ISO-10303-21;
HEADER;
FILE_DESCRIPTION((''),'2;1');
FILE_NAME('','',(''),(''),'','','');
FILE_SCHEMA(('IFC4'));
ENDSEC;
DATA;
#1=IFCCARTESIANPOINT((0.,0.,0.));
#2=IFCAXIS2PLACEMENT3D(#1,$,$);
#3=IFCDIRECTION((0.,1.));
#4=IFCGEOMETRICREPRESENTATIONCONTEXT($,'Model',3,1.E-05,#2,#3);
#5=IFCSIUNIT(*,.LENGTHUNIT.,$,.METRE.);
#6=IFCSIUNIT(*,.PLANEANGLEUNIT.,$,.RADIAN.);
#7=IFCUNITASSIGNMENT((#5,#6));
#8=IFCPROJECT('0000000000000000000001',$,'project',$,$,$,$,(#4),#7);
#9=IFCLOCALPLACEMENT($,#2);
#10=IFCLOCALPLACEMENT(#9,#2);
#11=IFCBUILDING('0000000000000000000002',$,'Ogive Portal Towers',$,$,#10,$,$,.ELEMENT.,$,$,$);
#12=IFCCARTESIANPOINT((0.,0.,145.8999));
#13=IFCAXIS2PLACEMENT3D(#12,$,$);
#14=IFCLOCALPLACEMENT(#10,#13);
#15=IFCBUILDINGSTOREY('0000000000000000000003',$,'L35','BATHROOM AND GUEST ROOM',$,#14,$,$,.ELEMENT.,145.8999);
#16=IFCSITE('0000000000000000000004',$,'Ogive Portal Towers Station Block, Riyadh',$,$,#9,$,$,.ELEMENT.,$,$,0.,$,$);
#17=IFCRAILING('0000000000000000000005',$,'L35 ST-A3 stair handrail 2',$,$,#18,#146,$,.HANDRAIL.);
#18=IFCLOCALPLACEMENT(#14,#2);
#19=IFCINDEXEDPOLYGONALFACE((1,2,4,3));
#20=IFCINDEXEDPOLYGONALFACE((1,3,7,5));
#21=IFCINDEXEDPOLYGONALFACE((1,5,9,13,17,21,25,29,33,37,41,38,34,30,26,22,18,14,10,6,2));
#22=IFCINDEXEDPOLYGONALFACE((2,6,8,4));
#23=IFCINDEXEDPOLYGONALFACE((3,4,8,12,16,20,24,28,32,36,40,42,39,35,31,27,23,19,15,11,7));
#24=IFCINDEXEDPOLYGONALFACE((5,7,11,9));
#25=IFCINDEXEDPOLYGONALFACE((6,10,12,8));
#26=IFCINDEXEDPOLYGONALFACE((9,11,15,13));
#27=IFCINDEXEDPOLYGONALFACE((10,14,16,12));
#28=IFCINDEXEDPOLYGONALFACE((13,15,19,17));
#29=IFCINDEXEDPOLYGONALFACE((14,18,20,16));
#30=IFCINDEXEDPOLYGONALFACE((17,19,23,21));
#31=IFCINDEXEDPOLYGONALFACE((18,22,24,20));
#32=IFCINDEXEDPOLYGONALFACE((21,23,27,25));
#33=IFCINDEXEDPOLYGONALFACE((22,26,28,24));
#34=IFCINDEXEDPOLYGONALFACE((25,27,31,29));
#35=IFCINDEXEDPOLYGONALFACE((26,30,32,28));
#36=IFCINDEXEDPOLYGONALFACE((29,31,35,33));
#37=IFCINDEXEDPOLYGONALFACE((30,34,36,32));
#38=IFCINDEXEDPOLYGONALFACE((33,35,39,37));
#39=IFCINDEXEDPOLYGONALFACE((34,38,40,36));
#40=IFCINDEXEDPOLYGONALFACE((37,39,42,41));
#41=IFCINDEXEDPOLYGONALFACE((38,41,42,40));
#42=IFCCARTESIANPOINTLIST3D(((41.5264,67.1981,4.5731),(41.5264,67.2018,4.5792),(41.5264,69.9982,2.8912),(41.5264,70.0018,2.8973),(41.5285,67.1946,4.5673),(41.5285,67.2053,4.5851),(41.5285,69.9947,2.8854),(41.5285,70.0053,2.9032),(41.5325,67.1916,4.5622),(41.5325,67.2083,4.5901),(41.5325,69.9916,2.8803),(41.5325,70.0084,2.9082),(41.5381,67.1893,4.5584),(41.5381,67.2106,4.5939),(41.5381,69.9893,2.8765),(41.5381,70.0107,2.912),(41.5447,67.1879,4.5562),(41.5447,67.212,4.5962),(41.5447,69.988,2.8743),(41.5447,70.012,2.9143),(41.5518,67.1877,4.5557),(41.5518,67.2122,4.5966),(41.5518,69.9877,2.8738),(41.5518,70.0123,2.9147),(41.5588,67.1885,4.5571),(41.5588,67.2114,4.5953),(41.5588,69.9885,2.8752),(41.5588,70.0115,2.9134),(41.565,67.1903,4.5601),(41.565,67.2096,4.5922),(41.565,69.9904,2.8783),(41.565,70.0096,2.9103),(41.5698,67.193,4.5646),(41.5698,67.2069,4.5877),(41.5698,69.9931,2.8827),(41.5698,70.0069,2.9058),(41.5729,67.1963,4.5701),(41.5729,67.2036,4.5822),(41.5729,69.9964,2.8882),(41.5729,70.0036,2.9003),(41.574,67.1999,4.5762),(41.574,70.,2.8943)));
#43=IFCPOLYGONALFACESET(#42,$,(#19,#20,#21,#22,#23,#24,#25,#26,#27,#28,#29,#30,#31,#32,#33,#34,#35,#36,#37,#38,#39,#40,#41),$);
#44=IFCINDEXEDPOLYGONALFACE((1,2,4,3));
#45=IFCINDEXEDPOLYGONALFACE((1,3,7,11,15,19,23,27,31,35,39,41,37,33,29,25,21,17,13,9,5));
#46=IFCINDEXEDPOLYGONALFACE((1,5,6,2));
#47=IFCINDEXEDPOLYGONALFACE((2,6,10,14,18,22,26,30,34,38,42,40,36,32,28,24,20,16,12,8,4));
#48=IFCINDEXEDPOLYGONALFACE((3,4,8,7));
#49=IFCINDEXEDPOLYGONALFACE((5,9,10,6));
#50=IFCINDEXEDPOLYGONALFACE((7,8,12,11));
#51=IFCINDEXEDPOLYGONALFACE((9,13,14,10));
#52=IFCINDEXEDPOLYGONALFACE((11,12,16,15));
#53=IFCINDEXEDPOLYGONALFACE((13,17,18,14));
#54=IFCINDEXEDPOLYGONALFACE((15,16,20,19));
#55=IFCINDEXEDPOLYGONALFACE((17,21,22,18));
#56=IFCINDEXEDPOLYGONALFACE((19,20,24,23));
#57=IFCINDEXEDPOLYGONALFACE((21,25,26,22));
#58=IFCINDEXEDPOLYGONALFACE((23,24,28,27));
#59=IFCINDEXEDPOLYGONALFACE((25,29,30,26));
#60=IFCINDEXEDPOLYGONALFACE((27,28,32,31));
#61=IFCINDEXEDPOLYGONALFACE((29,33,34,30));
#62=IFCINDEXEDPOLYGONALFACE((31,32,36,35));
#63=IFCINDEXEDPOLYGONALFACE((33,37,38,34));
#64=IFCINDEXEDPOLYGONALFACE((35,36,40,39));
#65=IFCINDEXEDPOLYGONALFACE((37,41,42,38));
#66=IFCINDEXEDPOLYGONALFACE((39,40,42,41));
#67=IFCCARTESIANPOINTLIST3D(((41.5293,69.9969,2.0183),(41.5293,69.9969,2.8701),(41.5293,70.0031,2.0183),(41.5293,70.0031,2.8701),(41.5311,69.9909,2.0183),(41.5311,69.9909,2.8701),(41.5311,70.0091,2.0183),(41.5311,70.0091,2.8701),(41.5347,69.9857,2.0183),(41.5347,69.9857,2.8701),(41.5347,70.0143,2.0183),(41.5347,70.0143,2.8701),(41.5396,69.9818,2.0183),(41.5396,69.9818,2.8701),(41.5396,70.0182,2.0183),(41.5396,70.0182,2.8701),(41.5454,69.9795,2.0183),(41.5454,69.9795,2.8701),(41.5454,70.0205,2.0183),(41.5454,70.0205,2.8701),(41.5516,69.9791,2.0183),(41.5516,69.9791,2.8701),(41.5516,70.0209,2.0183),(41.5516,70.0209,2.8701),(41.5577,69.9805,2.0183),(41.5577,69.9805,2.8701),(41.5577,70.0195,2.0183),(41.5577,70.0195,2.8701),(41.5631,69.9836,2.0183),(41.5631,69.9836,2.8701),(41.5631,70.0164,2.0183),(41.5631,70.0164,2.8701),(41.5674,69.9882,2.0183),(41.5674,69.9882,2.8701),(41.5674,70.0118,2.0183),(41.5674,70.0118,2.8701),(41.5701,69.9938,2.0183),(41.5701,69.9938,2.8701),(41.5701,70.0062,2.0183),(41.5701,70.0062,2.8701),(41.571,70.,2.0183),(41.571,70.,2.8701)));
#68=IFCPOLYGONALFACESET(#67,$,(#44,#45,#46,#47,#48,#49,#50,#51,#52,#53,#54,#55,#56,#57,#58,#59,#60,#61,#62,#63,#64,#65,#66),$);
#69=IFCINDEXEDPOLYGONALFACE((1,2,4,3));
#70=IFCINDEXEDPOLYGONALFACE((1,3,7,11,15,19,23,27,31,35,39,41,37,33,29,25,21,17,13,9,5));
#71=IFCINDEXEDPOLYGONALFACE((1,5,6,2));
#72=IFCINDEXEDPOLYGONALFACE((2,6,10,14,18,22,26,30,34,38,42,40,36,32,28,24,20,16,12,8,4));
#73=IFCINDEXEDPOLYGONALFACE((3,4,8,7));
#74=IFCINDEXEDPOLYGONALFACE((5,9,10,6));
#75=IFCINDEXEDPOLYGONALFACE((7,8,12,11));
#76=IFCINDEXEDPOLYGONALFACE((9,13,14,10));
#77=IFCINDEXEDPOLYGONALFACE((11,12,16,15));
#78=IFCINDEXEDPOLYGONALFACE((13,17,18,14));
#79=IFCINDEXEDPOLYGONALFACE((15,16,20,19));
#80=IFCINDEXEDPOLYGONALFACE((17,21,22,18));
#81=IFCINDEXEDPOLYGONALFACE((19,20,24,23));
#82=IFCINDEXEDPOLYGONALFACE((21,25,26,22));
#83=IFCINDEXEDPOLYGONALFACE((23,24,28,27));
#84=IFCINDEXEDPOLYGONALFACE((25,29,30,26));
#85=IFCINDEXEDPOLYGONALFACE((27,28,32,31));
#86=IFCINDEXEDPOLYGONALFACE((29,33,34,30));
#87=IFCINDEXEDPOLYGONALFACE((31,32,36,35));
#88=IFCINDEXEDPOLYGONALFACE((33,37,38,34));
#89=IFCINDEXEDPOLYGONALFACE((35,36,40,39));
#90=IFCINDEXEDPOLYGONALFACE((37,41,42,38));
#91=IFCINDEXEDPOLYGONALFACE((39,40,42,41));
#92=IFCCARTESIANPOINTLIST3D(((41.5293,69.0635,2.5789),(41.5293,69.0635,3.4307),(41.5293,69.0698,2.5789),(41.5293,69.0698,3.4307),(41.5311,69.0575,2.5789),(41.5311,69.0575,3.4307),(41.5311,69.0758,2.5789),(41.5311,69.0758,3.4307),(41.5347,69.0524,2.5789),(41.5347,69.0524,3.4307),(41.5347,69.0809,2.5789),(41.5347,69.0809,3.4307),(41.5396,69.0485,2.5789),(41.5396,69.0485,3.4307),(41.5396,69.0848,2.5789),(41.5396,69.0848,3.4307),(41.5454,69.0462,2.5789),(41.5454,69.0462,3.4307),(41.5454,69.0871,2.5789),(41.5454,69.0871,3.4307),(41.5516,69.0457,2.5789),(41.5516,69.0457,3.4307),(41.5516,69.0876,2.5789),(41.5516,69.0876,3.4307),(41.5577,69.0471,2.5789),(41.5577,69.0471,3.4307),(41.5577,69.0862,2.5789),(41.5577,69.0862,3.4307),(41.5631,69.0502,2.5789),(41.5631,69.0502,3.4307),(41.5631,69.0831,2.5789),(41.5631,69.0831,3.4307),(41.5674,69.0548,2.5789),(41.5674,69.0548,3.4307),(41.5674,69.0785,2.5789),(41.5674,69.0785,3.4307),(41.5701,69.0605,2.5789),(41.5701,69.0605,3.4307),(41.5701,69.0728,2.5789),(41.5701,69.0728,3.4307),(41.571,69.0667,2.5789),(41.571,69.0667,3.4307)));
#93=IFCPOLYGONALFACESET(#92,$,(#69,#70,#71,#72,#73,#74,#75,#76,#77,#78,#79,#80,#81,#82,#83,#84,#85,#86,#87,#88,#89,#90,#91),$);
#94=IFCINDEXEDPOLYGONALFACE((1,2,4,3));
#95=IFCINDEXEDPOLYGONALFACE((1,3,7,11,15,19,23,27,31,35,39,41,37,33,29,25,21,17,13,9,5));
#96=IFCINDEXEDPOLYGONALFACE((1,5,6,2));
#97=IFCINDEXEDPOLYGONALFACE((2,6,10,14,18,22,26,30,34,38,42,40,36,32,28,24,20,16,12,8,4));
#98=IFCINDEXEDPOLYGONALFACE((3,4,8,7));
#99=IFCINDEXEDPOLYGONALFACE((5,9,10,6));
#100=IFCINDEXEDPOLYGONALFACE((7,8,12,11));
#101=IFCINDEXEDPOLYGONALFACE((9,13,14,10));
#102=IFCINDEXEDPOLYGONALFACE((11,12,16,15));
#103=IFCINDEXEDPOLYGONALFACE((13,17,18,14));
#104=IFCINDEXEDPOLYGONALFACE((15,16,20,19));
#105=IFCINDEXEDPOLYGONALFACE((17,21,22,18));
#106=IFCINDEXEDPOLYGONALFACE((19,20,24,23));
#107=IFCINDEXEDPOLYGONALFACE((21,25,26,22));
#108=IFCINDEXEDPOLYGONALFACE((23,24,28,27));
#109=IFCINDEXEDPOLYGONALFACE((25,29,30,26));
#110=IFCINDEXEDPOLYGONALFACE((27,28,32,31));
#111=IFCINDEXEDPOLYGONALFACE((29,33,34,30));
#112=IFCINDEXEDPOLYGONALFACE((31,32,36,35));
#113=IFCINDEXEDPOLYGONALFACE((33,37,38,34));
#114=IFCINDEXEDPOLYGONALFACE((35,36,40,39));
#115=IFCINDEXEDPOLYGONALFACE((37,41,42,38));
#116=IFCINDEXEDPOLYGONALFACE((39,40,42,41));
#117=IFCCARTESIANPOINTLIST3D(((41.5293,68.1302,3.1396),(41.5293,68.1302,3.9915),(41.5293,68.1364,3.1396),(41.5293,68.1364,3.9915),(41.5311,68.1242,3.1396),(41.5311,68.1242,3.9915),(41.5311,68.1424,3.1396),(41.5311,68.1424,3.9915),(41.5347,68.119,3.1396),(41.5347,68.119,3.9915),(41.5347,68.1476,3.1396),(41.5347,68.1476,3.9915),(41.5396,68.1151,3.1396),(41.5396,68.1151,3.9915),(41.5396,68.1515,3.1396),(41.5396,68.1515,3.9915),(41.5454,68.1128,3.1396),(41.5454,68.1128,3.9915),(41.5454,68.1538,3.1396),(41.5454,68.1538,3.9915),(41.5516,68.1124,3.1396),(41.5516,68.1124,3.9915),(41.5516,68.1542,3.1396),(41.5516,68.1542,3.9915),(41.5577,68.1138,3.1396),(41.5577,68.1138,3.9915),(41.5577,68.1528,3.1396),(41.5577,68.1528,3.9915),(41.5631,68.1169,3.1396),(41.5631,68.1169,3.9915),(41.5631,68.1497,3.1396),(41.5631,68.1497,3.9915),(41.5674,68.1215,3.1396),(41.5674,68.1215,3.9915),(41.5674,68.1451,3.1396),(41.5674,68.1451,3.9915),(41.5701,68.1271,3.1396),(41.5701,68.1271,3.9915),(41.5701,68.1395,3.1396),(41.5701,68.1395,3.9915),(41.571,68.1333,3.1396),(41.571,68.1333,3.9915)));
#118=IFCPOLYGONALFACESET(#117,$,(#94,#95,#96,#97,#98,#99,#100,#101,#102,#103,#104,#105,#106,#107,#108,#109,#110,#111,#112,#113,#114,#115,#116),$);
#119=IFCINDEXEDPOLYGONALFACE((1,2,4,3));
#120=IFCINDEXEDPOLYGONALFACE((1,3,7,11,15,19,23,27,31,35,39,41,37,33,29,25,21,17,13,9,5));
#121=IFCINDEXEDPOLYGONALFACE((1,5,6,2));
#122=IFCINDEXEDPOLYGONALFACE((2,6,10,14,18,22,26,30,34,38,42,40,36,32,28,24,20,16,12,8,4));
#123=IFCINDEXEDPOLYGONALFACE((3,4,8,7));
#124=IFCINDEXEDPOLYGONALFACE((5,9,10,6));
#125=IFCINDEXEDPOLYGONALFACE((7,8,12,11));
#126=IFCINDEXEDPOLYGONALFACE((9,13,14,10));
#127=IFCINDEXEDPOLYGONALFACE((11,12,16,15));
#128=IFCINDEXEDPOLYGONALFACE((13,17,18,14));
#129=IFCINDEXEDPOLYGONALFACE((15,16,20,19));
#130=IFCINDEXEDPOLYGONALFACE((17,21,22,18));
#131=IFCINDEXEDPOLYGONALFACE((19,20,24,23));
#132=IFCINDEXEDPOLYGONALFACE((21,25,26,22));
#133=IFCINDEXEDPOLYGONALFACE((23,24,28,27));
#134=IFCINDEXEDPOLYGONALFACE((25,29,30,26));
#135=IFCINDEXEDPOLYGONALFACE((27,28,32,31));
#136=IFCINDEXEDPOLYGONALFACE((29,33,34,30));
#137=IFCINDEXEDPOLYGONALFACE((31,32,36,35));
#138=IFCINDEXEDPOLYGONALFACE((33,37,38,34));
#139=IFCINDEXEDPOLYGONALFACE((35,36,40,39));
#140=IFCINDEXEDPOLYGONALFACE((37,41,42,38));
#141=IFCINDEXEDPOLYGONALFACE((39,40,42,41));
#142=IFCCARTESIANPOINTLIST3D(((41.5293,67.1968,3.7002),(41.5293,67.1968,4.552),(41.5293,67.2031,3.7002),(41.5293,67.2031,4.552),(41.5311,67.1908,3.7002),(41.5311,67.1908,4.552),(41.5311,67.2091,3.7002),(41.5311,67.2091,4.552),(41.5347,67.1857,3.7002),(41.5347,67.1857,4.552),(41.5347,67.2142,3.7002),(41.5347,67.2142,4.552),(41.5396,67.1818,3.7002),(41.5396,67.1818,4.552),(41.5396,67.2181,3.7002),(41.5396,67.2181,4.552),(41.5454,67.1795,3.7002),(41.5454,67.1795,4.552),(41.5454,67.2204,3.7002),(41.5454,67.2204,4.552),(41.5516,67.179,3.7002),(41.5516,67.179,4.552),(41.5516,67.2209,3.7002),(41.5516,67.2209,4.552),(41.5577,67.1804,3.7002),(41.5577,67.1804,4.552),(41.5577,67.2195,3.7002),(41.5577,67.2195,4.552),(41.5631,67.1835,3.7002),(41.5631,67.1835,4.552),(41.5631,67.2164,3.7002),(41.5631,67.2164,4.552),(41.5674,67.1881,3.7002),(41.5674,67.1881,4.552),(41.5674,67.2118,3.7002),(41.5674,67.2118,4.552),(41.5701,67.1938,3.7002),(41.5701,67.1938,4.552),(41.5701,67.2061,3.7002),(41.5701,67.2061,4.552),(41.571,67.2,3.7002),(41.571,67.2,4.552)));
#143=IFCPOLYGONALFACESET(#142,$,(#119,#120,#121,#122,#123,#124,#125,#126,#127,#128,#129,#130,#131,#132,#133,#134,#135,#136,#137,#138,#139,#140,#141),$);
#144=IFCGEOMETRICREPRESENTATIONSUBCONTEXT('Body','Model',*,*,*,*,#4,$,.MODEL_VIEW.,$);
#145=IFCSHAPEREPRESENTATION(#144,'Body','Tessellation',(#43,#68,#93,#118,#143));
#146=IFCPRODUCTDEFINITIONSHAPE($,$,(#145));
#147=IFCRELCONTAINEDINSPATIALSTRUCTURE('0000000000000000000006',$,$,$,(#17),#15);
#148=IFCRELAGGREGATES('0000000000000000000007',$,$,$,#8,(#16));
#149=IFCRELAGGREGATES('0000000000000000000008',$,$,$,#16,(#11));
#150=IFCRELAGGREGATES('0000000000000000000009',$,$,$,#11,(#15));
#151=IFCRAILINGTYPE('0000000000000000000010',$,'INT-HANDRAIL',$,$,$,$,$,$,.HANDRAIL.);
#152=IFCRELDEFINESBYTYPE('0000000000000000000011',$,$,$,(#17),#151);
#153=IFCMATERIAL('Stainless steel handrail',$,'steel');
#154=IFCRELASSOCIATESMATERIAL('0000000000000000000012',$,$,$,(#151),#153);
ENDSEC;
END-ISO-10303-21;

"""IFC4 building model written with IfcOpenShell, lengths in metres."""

from ifc_helpers import new_model, si_unit, direction, frame, origin, origin_2d, place, context, subcontext, project, spatial, circle, extrude, material, type_object, element, save


model = new_model("IFC4")

# Units and contexts
model_context = context("Model", 3, precision=1e-05, world=origin(), true_north=direction((0.0, 1.0)))
body_context = subcontext(model_context, "Body", "Model", "MODEL_VIEW")
ifc_project = project(units=[si_unit("LENGTHUNIT", "METRE"), si_unit("PLANEANGLEUNIT", "RADIAN")], contexts=[model_context])

# Site, building, storey
site_placement = place(None, origin())
site = spatial("IfcSite", under=ifc_project, at=site_placement, Name="Ogive Portal Towers Station Block, Riyadh", CompositionType="ELEMENT", RefElevation=0.0)
building_placement = place(site_placement, origin())
building = spatial("IfcBuilding", under=site, at=building_placement, Name="Ogive Portal Towers", CompositionType="ELEMENT")
storey_placement = place(building_placement, frame((0.0, 0.0, 145.8999)))
storey = spatial("IfcBuildingStorey", under=building, at=storey_placement, Name="L35", Description="BATHROOM AND GUEST ROOM", CompositionType="ELEMENT", Elevation=145.8999)

# Railing
ifc_material_1 = material(Name="Stainless steel handrail", Category="steel")
railing_type_1 = type_object("IfcRailingType", Name="INT-HANDRAIL", PredefinedType="HANDRAIL", material=ifc_material_1)
railing_1_placement = place(storey_placement, frame((41.55, 70.0, 2.0183)))
element("IfcRailing", 1, at=railing_1_placement, inside=storey, type_object=railing_type_1, Name="L35 ST-A3 stair handrail 2", PredefinedType="HANDRAIL", context=body_context, shape_type="SweptSolid", body=[
    extrude(circle(Radius=0.0239, at=origin_2d()), frame((0.0, 0.0, 0.876), z_axis=(0.0, -0.857242, 0.514913), x_axis=(1.0, 0.0, 0.0)), (0.0, 0.0, 1.0), 3.2664),
    extrude(circle(Radius=0.021, at=origin_2d()), origin(), (0.0, 0.0, 1.0), 0.8518),
    extrude(circle(Radius=0.021, at=origin_2d()), frame((0.0, -0.9333, 0.5605)), (0.0, 0.0, 1.0), 0.8518),
    extrude(circle(Radius=0.021, at=origin_2d()), frame((0.0, -1.8667, 1.1213)), (0.0, 0.0, 1.0), 0.8518),
    extrude(circle(Radius=0.021, at=origin_2d()), frame((0.0, -2.8, 1.6819)), (0.0, 0.0, 1.0), 0.8518),
])

save(model, "model.ifc")
